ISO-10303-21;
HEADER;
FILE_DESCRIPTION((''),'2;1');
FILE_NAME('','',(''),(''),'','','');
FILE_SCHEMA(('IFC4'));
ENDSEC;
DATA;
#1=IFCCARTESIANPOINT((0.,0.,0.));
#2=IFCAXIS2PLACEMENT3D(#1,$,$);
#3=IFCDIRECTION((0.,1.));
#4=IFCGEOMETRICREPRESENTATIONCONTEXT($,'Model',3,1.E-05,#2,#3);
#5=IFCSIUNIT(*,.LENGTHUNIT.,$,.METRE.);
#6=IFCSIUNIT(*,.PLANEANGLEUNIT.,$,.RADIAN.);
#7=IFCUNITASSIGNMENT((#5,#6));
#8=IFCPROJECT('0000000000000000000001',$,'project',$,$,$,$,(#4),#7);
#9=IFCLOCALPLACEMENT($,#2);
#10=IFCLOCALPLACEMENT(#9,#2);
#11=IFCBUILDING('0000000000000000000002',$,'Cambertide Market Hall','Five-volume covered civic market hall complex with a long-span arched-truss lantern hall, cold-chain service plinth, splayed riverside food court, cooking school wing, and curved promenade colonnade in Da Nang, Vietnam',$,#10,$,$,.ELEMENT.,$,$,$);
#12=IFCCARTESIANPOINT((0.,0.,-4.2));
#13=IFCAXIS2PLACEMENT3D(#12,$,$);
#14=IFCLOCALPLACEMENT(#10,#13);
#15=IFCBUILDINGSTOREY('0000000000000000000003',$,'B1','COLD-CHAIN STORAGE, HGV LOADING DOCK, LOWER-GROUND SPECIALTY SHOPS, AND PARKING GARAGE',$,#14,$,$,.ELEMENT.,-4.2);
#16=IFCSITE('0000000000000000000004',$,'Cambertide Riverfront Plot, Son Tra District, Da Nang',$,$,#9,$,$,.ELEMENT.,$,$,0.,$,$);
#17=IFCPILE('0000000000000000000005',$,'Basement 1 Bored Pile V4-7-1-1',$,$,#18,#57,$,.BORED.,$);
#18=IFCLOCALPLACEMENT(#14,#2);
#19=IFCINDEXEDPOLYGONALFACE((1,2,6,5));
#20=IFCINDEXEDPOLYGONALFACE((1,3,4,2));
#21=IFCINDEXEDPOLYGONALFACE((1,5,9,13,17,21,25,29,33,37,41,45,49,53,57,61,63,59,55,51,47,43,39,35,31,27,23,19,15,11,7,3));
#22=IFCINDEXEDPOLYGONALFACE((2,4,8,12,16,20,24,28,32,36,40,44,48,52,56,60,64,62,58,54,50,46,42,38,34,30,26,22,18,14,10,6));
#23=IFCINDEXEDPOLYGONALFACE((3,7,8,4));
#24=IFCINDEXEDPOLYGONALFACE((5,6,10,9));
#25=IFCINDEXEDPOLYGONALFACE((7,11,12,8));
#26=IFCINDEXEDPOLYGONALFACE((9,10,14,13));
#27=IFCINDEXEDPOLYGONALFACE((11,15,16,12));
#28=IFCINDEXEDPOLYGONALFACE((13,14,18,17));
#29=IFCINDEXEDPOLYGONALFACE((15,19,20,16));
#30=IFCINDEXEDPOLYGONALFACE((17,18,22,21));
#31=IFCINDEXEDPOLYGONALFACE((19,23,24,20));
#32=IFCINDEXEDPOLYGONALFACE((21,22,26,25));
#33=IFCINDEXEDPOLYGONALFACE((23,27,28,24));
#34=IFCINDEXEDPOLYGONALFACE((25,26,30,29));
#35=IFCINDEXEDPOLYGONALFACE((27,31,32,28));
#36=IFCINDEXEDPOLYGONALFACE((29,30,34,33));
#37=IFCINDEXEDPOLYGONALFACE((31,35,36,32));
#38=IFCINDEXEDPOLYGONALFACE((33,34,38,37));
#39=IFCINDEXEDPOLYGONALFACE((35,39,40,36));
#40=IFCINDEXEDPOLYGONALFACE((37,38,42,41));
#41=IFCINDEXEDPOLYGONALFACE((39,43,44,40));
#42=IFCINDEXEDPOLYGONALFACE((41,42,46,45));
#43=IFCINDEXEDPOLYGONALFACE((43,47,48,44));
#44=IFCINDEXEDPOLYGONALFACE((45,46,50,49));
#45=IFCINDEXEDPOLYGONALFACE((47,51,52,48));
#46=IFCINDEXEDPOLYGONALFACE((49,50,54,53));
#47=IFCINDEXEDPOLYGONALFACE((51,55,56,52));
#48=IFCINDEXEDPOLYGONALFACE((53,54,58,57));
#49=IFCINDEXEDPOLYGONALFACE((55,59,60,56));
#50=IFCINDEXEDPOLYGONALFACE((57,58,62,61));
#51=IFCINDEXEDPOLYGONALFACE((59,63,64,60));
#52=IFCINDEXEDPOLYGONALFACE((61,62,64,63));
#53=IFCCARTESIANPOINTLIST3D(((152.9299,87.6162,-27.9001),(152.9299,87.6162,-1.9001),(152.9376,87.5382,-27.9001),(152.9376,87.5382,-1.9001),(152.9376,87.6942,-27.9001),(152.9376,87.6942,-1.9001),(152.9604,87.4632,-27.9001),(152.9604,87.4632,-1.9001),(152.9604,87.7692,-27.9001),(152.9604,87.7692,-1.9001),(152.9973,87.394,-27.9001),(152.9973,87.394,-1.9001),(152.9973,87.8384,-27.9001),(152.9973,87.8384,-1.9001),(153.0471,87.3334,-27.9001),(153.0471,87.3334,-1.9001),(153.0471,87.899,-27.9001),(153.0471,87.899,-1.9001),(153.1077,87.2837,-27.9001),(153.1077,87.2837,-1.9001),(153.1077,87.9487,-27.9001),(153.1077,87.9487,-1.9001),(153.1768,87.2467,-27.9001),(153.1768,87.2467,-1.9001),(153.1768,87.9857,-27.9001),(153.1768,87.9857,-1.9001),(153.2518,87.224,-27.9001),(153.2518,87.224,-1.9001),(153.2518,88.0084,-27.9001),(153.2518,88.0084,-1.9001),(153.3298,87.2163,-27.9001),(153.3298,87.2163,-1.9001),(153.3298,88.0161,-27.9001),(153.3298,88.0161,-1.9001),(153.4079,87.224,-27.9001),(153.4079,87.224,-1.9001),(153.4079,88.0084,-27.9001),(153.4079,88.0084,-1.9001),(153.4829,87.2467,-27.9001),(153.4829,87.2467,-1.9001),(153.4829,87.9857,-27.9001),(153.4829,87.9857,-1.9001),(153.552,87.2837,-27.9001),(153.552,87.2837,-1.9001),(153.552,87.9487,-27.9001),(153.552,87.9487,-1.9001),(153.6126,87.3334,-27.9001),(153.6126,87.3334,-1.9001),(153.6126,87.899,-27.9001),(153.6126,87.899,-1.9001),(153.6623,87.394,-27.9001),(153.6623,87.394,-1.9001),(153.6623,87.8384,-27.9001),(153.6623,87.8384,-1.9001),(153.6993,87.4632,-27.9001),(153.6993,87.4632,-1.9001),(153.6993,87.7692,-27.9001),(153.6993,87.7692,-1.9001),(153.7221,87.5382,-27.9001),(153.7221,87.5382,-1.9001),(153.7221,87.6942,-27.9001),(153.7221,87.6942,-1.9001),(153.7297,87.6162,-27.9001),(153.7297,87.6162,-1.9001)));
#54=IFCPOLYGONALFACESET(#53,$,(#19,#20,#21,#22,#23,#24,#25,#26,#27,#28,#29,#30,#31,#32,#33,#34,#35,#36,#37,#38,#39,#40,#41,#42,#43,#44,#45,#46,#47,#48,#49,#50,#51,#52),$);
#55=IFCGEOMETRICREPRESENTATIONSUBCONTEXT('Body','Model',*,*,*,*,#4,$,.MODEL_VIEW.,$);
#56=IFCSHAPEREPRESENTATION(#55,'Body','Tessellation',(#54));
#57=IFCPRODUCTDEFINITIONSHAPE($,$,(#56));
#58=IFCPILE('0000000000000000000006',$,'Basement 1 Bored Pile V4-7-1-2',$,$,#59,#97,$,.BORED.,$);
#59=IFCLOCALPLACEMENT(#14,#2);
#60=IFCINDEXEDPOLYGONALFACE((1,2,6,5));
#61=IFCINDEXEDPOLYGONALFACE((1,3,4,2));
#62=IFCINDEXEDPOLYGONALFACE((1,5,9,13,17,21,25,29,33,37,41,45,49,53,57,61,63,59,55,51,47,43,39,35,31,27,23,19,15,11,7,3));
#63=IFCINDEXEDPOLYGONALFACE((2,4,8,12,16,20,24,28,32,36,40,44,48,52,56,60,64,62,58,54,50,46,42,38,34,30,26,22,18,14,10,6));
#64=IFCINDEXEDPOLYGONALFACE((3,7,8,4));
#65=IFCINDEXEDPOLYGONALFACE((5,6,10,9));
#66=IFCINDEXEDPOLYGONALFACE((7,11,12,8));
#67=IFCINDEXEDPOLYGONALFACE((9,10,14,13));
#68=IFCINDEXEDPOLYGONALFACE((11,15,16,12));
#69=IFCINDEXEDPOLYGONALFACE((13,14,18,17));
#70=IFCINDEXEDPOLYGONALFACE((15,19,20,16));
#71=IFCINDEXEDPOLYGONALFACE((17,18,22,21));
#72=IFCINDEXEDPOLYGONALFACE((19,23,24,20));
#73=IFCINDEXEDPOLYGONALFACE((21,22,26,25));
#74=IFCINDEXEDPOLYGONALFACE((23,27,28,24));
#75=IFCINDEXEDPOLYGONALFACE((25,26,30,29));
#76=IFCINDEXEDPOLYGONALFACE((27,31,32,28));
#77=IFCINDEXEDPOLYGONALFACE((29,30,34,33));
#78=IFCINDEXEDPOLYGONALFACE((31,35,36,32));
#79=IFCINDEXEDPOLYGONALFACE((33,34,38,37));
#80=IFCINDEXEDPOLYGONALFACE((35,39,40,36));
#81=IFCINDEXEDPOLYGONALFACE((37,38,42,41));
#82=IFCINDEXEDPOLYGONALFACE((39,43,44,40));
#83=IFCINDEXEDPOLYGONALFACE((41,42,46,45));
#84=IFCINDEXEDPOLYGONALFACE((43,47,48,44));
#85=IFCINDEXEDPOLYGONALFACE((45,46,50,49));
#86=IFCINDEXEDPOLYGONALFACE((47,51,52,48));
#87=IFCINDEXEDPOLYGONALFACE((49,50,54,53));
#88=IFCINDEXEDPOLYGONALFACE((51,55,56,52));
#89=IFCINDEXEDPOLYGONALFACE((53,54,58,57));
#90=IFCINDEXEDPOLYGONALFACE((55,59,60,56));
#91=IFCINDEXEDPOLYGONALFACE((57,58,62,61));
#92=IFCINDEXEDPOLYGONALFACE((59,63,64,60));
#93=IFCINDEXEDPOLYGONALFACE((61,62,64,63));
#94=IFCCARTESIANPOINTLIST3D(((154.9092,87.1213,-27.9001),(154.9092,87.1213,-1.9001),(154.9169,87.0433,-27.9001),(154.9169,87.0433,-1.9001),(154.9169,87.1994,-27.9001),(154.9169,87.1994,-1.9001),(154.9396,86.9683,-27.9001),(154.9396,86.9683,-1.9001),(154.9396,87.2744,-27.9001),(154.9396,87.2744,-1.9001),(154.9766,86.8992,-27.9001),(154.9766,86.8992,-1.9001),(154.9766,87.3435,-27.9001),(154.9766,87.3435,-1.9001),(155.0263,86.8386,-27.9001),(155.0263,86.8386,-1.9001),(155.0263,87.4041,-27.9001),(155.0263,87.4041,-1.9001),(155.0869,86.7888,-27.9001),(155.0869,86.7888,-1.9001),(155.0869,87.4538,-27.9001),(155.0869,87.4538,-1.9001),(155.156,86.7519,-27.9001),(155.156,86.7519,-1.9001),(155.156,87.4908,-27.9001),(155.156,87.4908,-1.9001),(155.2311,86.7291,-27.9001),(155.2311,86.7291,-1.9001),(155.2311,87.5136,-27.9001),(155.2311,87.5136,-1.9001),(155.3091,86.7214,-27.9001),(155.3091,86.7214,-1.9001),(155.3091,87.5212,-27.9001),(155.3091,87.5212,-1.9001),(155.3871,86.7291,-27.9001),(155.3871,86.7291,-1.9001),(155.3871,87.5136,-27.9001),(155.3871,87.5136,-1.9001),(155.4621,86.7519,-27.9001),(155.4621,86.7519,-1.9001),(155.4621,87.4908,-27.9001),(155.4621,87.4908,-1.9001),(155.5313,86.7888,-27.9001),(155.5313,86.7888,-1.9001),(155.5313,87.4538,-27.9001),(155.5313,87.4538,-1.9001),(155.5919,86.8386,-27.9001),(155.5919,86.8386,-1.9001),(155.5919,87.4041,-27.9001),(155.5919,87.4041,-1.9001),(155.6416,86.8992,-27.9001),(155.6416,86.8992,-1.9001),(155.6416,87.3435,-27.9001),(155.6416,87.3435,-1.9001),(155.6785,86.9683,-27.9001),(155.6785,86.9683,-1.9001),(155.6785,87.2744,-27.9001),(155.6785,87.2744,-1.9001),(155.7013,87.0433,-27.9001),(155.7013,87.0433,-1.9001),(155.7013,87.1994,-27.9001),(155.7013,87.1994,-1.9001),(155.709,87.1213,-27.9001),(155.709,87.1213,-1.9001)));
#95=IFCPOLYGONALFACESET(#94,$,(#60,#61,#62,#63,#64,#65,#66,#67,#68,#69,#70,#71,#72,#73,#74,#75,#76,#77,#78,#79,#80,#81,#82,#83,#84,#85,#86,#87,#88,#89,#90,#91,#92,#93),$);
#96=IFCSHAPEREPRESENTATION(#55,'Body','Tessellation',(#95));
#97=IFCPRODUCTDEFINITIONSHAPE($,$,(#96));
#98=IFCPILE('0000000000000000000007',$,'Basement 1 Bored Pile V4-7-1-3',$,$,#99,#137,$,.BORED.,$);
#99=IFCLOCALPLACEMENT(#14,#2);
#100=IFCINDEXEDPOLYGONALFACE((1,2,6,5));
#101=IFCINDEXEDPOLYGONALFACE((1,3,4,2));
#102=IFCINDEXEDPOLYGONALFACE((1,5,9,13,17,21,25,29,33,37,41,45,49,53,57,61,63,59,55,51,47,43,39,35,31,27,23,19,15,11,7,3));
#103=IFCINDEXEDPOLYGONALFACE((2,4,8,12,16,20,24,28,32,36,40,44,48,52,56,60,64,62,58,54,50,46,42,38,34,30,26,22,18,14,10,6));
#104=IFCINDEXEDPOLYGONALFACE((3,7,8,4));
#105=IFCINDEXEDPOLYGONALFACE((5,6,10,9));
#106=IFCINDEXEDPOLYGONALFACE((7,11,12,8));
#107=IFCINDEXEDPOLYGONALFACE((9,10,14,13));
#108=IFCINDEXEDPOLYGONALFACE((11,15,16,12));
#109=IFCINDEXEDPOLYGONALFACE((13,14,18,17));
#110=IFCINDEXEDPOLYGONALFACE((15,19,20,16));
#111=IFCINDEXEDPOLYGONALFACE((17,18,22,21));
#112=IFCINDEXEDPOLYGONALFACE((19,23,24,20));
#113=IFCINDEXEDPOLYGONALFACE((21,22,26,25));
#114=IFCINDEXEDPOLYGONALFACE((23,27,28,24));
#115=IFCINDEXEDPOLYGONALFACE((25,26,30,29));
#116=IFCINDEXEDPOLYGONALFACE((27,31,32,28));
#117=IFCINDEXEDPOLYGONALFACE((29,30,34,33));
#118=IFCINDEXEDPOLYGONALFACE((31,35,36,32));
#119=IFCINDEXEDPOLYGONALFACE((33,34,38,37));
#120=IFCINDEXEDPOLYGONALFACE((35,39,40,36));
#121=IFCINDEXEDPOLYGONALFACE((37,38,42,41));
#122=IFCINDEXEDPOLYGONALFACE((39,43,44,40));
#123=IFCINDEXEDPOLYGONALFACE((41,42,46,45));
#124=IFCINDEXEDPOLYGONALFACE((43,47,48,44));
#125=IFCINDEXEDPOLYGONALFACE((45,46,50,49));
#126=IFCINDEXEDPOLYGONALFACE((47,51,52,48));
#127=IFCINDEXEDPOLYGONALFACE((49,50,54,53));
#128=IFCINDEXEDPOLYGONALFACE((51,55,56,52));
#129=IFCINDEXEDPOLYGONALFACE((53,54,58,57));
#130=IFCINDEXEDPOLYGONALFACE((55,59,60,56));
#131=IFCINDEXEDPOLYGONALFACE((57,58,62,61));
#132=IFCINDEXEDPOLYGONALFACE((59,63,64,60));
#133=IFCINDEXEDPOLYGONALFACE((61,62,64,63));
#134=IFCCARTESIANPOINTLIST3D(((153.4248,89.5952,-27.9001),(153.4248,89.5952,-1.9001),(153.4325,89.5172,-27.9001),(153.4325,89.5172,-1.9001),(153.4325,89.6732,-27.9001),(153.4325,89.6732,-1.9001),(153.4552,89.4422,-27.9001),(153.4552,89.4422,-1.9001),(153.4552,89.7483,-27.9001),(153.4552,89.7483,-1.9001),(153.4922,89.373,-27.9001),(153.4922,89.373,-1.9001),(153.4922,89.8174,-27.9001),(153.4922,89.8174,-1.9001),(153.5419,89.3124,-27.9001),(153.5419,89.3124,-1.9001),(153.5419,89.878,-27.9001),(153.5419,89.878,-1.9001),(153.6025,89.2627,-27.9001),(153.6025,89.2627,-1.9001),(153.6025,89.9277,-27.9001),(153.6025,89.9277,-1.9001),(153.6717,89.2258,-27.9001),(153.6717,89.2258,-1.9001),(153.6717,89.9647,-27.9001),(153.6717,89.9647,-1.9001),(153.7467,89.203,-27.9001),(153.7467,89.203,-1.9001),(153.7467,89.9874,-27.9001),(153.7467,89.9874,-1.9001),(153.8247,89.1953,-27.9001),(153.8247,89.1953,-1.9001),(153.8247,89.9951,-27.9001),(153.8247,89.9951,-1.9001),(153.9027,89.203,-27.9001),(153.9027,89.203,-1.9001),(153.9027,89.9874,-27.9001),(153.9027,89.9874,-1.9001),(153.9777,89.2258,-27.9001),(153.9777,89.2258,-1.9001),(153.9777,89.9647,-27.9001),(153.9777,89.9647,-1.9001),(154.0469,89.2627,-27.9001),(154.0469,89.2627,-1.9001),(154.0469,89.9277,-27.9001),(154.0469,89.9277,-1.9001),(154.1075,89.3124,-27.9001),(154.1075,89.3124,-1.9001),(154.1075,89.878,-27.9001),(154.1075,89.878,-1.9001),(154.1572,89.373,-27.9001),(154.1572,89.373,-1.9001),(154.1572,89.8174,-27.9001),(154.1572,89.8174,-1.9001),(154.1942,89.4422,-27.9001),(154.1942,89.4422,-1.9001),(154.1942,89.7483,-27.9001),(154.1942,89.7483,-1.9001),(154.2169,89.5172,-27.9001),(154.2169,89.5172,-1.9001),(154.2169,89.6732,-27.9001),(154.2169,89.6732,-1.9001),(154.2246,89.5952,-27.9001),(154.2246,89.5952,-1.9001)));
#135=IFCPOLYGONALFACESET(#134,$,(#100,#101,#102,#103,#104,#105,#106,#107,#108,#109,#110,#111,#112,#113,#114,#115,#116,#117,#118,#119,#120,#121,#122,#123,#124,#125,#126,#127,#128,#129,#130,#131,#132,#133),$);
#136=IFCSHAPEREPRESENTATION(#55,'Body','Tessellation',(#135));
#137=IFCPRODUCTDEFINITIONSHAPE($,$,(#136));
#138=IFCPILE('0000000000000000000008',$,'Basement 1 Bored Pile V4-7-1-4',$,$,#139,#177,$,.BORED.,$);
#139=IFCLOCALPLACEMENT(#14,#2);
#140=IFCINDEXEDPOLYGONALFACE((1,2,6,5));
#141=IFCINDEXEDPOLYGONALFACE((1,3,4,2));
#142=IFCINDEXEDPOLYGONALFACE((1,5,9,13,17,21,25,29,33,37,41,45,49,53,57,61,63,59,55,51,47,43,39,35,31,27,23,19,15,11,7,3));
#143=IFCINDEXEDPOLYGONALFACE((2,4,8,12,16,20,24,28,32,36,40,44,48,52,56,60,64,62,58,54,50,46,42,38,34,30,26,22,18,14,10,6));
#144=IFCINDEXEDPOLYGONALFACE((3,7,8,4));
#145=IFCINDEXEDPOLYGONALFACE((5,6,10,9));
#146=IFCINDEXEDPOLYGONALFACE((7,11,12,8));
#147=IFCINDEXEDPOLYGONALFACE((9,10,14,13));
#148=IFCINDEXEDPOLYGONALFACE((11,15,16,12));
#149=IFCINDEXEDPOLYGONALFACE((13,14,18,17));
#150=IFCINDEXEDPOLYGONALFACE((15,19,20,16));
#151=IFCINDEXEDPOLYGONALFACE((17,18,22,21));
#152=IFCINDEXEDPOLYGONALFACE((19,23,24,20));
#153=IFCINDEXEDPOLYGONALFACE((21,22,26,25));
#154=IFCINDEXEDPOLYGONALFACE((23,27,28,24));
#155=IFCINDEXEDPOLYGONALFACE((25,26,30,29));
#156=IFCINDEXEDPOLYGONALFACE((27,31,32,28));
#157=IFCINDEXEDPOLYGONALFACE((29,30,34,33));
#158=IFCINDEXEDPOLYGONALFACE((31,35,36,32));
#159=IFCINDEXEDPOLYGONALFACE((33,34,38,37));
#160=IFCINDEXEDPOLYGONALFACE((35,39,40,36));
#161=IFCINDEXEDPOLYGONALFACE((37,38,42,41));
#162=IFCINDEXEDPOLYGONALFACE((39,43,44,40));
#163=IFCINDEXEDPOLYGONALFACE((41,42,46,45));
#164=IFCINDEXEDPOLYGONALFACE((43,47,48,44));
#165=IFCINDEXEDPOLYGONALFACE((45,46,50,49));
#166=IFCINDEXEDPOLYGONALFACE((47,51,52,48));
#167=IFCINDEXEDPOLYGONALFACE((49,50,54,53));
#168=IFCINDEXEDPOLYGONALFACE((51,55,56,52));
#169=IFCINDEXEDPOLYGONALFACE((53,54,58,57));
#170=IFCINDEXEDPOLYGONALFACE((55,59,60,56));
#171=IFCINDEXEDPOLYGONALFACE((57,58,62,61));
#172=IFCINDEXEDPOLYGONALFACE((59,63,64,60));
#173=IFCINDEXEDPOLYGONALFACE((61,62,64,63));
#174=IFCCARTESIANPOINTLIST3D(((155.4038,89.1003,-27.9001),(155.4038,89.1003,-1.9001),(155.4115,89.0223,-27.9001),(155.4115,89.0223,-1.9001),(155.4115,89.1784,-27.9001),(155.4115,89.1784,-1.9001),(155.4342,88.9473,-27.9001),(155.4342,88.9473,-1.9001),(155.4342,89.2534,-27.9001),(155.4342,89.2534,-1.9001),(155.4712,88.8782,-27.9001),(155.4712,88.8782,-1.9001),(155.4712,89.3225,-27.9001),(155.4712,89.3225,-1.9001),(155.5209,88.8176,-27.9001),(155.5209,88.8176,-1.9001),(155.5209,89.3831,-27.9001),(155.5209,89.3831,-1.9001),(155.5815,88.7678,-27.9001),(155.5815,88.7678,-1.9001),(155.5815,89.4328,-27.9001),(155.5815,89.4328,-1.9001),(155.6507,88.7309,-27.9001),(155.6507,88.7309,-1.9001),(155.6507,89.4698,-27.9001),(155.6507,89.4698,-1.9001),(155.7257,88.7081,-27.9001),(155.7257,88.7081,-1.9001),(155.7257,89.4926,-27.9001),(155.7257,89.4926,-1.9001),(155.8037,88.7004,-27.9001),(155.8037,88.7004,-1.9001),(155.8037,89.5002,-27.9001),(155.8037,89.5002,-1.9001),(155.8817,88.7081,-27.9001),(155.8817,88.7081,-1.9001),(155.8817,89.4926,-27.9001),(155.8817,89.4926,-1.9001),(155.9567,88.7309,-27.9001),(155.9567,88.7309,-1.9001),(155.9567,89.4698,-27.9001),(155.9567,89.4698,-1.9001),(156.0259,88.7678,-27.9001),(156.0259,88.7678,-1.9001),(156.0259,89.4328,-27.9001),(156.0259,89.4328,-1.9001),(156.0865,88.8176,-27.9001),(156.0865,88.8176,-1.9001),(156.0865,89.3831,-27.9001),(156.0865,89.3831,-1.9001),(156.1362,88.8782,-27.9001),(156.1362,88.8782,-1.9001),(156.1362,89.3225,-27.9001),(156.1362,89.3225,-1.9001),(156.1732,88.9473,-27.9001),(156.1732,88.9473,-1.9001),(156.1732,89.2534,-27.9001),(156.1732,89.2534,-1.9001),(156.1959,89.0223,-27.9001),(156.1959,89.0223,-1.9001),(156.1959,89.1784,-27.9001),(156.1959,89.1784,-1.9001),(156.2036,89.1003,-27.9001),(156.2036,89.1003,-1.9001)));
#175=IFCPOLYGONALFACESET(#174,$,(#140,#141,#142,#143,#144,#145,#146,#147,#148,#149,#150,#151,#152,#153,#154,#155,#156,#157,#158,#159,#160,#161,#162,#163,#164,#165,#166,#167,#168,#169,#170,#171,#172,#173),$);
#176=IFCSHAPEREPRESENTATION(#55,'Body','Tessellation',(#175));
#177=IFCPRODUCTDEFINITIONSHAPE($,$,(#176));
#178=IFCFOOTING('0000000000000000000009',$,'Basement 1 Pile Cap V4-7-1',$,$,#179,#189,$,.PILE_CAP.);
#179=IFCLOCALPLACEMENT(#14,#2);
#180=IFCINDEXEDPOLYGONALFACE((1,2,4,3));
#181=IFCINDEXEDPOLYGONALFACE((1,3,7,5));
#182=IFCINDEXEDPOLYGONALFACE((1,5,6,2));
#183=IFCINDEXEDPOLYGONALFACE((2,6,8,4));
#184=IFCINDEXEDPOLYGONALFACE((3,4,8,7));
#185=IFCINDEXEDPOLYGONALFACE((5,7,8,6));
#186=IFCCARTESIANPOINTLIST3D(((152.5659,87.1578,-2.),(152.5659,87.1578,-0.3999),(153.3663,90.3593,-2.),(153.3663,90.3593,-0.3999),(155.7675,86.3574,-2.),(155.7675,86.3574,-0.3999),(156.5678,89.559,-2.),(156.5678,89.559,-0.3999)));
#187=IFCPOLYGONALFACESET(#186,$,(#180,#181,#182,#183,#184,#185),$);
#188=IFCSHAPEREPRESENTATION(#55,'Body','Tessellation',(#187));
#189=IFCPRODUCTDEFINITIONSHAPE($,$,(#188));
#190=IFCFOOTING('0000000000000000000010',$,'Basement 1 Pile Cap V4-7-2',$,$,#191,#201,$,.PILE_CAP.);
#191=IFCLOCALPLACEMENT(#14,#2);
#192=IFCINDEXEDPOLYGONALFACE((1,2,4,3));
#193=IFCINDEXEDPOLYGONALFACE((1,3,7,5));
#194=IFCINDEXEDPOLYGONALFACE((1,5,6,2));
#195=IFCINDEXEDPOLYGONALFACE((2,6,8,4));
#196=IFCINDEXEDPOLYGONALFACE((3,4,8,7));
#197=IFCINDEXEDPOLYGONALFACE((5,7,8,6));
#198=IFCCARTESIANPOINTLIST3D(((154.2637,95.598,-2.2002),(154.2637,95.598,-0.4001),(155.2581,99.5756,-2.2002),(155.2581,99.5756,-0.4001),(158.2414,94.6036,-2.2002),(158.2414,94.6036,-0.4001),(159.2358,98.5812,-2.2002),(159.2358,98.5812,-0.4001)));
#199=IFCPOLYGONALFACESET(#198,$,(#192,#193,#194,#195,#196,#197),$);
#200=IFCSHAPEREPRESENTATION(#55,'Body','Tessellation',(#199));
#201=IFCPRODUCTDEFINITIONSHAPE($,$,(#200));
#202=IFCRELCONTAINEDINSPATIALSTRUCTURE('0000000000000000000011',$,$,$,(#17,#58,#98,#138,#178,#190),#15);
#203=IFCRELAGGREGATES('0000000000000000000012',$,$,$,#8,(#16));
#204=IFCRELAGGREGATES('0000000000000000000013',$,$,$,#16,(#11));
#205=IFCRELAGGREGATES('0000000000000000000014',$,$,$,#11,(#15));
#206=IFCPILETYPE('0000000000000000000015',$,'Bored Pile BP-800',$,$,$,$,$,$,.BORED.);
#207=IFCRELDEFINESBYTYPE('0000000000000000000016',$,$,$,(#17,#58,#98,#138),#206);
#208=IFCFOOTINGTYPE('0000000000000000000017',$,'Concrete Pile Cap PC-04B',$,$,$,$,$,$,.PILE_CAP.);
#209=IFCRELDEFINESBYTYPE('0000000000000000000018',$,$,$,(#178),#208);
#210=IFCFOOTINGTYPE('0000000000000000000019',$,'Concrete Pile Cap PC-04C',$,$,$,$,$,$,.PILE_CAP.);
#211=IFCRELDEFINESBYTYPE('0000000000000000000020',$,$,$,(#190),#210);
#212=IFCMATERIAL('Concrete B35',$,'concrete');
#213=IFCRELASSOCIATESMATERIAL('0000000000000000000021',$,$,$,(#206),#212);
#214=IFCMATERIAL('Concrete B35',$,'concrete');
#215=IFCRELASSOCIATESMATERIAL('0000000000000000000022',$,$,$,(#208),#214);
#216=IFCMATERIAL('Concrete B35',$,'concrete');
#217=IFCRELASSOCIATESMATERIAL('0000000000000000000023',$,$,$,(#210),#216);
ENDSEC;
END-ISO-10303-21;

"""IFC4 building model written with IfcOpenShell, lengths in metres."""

from ifc_helpers import new_model, si_unit, direction, frame, origin, origin_2d, place, context, subcontext, project, spatial, rectangle, circle, extrude, material, material_profile, profile_set, type_object, element, save


model = new_model("IFC4")

# Units and contexts
model_context = context("Model", 3, precision=1e-05, world=origin(), true_north=direction((0.0, 1.0)))
body_context = subcontext(model_context, "Body", "Model", "MODEL_VIEW")
ifc_project = project(units=[si_unit("LENGTHUNIT", "METRE"), si_unit("PLANEANGLEUNIT", "RADIAN")], contexts=[model_context])

# Site, building, storey
site_placement = place(None, origin())
site = spatial("IfcSite", under=ifc_project, at=site_placement, Name="Cambertide Riverfront Plot, Son Tra District, Da Nang", CompositionType="ELEMENT", RefElevation=0.0)
building_placement = place(site_placement, origin())
building = spatial("IfcBuilding", under=site, at=building_placement, Name="Cambertide Market Hall", Description="Five-volume covered civic market hall complex with a long-span arched-truss lantern hall, cold-chain service plinth, splayed riverside food court, cooking school wing, and curved promenade colonnade in Da Nang, Vietnam", CompositionType="ELEMENT")
storey_placement = place(building_placement, frame((0.0, 0.0, -4.2)))
storey = spatial("IfcBuildingStorey", under=building, at=storey_placement, Name="B1", Description="COLD-CHAIN STORAGE, HGV LOADING DOCK, LOWER-GROUND SPECIALTY SHOPS, AND PARKING GARAGE", CompositionType="ELEMENT", Elevation=-4.2)

# Piles
ifc_material_1 = material(Name="Concrete B35", Category="concrete")
ifc_material_profile_1 = material_profile(ifc_material_1, circle(Radius=0.3999, at=origin_2d()), Name="BP D800")
ifc_profile_set_1 = profile_set([ifc_material_profile_1], Name="Concrete B35")
pile_type_1 = type_object("IfcPileType", Name="Bored Pile BP-800", PredefinedType="BORED", material=ifc_profile_set_1)
for number, where, z_axis, x_axis, name in (
    (1, (153.3298, 87.6162, -1.9001), (0.0, 0.0, -1.0), (1.0, 0.0, 0.0), "Basement 1 Bored Pile V4-7-1-1"),
    (2, (155.3091, 87.1213, -1.9001), (0.0, 0.0, -1.0), (1.0, 0.0, 0.0), "Basement 1 Bored Pile V4-7-1-2"),
    (3, (153.8247, 89.5952, -1.9001), (0.0, 0.0, -1.0), (1.0, 0.0, 0.0), "Basement 1 Bored Pile V4-7-1-3"),
    (4, (155.8037, 89.1003, -1.9001), (0.0, 0.0, -1.0), (1.0, 0.0, 0.0), "Basement 1 Bored Pile V4-7-1-4"),
):
    element("IfcPile", number, at=place(storey_placement, frame(where, z_axis=z_axis, x_axis=x_axis)), inside=storey, type_object=pile_type_1, Name=name, PredefinedType="BORED", context=body_context, shape_type="SweptSolid", body=[
        extrude(circle(Radius=0.3999, at=origin_2d()), origin(), (0.0, 0.0, 1.0), 26.0),
    ])

# Footings
ifc_material_2 = material(Name="Concrete B35", Category="concrete")
footing_type_1 = type_object("IfcFootingType", Name="Concrete Pile Cap PC-04B", PredefinedType="PILE_CAP", material=ifc_material_2)
footing_1_placement = place(storey_placement, frame((154.5669, 88.3584, -2.0), z_axis=(0.0, 0.0, 1.0), x_axis=(0.970143, -0.242536, 0.0)))
element("IfcFooting", 5, at=footing_1_placement, inside=storey, type_object=footing_type_1, Name="Basement 1 Pile Cap V4-7-1", PredefinedType="PILE_CAP", context=body_context, shape_type="SweptSolid", body=[
    extrude(rectangle(XDim=3.3, YDim=3.3, at=origin_2d()), origin(), (0.0, 0.0, 1.0), 1.6001),
])
ifc_material_3 = material(Name="Concrete B35", Category="concrete")
footing_type_2 = type_object("IfcFootingType", Name="Concrete Pile Cap PC-04C", PredefinedType="PILE_CAP", material=ifc_material_3)
footing_2_placement = place(storey_placement, frame((156.7498, 97.0896, -2.2002), z_axis=(0.0, 0.0, 1.0), x_axis=(0.970143, -0.242536, 0.0)))
element("IfcFooting", 6, at=footing_2_placement, inside=storey, type_object=footing_type_2, Name="Basement 1 Pile Cap V4-7-2", PredefinedType="PILE_CAP", context=body_context, shape_type="SweptSolid", body=[
    extrude(rectangle(XDim=4.1001, YDim=4.1001, at=origin_2d()), origin(), (0.0, 0.0, 1.0), 1.8),
])

save(model, "model.ifc")
